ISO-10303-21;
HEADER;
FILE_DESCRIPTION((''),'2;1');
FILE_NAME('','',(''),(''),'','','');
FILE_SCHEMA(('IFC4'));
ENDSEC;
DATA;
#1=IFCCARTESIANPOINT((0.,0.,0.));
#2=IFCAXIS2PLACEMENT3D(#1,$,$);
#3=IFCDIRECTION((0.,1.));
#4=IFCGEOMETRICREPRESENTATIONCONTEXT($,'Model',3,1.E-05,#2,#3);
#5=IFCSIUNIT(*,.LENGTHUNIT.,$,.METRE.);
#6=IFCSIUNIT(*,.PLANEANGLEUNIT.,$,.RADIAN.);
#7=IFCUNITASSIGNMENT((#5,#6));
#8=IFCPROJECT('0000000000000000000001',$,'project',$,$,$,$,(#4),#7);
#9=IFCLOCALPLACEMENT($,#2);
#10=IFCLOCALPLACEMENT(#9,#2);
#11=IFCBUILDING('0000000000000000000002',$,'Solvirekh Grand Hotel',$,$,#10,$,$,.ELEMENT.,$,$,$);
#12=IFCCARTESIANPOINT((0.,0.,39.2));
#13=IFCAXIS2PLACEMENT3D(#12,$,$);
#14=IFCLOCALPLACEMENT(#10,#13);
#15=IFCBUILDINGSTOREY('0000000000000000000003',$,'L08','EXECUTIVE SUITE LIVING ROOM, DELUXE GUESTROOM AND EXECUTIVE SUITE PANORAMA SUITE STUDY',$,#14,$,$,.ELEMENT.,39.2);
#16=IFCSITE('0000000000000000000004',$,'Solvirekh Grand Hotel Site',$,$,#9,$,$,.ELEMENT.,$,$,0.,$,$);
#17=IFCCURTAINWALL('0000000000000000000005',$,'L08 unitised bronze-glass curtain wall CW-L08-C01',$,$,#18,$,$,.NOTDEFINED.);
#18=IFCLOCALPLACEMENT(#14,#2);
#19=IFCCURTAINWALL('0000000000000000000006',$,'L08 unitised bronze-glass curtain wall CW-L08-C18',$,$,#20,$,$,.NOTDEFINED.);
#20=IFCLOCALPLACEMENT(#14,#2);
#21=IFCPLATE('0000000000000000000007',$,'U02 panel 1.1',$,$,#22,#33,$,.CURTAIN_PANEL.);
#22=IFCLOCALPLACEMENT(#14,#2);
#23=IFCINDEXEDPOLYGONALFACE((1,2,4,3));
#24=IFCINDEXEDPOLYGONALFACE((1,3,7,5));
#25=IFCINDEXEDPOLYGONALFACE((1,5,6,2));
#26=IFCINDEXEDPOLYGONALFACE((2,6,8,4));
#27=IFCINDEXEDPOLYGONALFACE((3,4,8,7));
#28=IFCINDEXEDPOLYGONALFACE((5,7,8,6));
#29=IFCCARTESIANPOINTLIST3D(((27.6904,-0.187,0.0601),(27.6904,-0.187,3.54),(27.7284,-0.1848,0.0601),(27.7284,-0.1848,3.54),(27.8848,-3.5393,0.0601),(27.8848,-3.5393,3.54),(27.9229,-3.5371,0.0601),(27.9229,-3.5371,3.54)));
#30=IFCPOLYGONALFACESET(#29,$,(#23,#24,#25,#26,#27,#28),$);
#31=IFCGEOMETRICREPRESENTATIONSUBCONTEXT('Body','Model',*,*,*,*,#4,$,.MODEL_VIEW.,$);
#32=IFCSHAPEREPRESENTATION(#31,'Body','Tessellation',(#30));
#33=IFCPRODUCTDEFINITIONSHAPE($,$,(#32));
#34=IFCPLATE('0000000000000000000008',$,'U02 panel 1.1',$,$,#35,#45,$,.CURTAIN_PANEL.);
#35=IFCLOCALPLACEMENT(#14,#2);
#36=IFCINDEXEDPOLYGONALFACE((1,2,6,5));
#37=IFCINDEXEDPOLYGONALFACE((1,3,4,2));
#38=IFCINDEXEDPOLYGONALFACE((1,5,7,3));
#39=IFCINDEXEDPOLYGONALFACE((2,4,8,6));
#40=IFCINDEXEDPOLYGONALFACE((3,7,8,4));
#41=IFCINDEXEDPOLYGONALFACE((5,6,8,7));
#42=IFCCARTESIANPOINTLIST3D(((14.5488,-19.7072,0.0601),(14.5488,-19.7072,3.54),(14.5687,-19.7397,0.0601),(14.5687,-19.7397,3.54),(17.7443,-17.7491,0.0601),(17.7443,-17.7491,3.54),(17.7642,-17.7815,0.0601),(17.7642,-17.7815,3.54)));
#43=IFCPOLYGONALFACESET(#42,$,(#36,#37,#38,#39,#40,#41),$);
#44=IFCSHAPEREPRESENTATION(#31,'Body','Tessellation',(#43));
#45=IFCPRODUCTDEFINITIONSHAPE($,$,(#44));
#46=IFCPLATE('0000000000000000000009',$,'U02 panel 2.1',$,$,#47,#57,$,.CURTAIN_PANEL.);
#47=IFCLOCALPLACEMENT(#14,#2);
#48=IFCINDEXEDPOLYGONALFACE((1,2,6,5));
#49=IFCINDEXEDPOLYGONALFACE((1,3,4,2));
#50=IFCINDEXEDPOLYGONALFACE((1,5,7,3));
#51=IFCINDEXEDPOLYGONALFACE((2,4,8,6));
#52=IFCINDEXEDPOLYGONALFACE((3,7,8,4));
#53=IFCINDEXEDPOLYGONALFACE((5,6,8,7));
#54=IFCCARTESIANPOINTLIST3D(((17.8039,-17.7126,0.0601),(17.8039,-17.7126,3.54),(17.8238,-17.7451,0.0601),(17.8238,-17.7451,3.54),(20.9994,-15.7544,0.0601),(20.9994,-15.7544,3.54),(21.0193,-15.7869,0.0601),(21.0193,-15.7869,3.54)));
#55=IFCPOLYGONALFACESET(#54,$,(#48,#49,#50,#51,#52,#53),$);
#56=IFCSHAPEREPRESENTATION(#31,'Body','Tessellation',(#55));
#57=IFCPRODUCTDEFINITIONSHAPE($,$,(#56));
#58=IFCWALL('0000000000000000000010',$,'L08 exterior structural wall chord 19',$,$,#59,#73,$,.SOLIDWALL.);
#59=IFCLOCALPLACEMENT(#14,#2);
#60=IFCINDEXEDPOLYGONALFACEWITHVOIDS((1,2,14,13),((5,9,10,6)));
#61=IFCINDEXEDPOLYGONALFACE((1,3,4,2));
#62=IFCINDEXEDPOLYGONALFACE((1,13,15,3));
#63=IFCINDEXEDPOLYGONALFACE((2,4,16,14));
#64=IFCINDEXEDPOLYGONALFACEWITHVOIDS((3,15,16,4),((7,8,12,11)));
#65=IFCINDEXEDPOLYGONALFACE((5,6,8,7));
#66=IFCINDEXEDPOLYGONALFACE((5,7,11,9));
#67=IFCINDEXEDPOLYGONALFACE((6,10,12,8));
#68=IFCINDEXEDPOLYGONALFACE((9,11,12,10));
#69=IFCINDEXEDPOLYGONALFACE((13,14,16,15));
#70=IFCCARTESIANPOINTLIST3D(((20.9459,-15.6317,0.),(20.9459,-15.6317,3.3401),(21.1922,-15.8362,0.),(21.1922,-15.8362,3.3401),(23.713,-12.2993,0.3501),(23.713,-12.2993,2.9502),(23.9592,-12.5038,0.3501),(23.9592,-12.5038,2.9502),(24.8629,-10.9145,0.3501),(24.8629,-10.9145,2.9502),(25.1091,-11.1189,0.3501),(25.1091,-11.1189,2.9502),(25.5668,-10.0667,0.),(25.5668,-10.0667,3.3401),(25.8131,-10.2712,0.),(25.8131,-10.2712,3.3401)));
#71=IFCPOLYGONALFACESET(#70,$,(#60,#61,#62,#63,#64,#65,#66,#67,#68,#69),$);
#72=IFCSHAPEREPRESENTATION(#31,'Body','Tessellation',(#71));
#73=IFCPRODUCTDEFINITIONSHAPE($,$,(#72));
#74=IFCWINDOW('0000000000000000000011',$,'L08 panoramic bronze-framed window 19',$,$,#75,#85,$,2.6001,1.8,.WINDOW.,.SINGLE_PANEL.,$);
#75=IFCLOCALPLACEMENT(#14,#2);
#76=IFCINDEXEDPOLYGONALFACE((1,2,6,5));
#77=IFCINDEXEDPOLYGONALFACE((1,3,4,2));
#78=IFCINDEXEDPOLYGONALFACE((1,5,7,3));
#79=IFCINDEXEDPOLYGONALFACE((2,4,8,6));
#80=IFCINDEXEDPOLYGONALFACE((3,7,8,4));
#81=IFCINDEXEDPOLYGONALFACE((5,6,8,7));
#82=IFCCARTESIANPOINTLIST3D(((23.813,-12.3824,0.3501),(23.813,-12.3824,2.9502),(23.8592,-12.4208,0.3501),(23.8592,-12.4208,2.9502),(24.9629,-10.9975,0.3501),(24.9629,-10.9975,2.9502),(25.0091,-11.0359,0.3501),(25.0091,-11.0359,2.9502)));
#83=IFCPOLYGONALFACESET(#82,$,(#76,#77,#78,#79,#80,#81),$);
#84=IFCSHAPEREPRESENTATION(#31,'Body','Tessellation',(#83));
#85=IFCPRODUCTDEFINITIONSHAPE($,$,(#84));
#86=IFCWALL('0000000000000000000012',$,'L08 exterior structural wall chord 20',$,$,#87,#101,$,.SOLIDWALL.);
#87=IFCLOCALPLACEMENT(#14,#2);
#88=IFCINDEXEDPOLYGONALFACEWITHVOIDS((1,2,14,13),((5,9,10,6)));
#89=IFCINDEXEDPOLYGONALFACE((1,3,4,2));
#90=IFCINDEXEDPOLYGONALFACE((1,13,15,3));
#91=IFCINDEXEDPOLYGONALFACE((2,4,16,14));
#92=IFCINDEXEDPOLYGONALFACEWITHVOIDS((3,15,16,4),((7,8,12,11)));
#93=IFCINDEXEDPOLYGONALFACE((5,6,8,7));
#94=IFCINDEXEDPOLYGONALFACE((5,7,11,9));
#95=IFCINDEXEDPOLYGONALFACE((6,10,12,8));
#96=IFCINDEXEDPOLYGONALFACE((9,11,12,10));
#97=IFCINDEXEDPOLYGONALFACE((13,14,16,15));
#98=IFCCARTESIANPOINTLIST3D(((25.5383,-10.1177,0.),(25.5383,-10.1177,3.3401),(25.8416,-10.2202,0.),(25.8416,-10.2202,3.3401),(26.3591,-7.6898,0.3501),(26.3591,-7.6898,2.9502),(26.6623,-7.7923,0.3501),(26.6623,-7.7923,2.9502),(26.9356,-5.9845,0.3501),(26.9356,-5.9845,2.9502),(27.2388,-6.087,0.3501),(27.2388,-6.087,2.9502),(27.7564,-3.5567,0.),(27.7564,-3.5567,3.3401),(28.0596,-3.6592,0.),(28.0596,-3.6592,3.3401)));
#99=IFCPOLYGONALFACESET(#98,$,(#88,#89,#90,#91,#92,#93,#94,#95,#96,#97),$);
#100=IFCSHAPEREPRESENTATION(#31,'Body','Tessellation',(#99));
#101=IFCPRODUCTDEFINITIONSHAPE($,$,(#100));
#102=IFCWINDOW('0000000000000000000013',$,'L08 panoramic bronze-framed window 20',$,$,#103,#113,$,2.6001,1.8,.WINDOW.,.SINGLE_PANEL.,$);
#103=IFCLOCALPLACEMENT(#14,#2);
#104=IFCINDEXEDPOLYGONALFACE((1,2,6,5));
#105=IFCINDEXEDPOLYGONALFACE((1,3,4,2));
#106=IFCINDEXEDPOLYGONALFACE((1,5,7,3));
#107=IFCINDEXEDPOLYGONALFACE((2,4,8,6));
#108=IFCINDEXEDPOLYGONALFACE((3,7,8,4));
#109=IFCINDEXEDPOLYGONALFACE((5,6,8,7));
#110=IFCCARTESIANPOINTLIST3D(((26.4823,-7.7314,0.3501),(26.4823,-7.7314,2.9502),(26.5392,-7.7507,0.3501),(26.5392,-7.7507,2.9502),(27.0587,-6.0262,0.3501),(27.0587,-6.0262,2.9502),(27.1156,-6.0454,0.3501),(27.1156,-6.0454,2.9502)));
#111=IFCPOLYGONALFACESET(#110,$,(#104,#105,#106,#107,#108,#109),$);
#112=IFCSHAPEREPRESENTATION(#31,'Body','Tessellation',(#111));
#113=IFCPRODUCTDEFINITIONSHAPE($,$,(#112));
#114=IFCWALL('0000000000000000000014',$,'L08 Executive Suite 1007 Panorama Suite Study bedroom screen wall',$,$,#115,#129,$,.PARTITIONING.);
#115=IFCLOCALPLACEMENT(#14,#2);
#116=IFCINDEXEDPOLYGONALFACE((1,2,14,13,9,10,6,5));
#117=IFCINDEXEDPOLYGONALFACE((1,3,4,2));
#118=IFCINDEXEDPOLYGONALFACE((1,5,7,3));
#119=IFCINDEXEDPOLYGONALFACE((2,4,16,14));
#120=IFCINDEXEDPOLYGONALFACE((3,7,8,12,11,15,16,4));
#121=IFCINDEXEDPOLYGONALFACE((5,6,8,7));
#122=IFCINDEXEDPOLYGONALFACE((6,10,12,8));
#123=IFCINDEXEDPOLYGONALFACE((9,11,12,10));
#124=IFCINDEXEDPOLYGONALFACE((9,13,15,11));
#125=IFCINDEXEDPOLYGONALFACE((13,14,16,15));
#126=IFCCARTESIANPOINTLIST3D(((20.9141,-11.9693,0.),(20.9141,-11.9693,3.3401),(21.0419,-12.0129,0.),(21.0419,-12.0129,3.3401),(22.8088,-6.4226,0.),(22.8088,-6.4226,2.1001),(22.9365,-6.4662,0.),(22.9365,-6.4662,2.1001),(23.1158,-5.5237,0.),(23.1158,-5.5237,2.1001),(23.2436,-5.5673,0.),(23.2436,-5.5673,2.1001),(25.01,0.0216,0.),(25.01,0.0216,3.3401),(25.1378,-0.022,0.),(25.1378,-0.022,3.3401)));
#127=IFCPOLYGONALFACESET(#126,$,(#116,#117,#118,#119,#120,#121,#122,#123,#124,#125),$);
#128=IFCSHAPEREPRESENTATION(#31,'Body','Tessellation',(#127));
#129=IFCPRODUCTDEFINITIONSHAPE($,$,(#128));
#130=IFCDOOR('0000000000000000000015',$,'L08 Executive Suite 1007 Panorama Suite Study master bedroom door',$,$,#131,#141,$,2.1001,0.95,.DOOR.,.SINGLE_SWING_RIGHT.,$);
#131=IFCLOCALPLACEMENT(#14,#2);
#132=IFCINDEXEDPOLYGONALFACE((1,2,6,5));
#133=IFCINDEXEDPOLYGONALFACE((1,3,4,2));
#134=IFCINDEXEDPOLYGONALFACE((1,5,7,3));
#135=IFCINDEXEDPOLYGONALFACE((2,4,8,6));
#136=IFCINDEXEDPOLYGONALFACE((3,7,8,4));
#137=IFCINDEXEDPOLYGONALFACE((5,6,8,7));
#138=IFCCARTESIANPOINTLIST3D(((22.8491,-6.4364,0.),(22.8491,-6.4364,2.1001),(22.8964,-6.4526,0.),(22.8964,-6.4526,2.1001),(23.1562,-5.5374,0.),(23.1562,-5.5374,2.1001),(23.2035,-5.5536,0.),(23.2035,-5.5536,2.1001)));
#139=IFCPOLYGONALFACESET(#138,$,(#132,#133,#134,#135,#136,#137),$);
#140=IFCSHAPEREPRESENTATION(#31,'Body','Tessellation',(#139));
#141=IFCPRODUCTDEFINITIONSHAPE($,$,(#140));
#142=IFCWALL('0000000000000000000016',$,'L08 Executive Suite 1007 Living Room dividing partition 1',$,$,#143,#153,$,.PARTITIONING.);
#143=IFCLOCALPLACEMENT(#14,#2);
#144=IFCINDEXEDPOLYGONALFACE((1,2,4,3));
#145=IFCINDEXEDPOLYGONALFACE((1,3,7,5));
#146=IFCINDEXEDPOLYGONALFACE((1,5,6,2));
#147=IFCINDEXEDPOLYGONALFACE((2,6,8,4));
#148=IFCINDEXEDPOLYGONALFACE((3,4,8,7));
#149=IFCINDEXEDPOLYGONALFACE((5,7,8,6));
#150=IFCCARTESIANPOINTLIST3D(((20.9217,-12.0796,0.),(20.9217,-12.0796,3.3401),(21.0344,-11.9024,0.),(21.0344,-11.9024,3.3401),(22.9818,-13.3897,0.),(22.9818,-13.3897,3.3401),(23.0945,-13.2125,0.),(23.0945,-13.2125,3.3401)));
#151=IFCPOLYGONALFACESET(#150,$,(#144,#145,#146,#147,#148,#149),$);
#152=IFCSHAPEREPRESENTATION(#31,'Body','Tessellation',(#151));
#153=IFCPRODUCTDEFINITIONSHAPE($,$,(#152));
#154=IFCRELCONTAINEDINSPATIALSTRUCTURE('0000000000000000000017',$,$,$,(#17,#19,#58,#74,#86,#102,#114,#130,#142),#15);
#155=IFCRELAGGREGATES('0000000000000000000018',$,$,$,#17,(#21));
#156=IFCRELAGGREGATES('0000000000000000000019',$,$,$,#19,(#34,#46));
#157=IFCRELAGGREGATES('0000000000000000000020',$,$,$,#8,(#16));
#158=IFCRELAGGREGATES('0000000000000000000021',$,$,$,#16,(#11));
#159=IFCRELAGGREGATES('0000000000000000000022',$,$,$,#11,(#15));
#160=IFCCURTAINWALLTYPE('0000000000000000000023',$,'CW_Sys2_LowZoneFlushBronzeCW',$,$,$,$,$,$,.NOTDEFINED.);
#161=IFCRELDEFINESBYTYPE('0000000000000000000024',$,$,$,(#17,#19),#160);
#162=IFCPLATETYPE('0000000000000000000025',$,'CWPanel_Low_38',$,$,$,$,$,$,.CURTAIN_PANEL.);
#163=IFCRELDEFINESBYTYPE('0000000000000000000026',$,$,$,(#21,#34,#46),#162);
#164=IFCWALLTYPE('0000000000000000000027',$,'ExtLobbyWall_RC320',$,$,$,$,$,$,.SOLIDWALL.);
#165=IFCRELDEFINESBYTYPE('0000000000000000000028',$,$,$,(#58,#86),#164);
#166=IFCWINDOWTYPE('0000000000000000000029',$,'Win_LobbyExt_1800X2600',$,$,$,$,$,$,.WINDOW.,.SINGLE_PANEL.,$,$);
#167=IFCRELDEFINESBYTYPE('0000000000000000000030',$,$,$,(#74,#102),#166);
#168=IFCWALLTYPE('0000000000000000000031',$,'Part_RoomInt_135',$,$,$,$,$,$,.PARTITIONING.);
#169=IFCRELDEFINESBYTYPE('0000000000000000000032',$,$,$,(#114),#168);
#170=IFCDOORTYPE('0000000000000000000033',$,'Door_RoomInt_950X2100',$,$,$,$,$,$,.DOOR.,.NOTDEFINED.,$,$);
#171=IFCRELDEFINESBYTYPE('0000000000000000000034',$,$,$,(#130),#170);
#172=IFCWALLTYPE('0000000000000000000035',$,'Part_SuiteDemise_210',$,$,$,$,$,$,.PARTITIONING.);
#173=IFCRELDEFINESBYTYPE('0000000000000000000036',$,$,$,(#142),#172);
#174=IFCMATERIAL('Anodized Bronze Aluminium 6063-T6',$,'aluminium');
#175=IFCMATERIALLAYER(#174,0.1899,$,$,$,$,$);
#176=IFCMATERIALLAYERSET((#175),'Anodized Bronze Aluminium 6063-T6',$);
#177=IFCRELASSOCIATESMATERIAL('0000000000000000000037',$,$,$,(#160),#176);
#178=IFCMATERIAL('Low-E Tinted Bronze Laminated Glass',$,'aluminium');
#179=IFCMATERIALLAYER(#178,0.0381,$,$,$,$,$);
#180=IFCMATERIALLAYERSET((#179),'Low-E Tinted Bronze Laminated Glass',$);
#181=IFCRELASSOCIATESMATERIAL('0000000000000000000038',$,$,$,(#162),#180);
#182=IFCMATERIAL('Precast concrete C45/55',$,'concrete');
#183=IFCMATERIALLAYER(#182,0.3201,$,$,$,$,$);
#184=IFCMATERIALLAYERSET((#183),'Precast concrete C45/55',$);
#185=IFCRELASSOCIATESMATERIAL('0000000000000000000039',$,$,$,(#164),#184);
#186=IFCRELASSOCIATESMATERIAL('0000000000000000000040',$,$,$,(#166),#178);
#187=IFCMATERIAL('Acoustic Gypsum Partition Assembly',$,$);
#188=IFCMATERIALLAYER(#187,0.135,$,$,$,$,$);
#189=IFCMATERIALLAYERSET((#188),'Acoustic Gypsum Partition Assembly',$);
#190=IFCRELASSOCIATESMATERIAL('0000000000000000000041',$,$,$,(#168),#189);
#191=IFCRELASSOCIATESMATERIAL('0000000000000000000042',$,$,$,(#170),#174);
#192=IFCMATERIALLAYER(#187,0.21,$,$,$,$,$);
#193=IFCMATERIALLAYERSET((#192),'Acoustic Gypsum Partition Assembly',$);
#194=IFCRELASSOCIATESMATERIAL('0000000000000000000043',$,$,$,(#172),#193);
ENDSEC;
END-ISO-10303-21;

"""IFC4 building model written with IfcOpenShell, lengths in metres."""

from ifc_helpers import new_model, si_unit, direction, frame, frame_2d, origin, origin_2d, place, context, subcontext, project, spatial, rectangle, extrude, source, transform, mapped, material, layer, layer_set, type_object, element, fill, aggregate, save


model = new_model("IFC4")

# Units and contexts
model_context = context("Model", 3, precision=1e-05, world=origin(), true_north=direction((0.0, 1.0)))
body_context = subcontext(model_context, "Body", "Model", "MODEL_VIEW")
ifc_project = project(units=[si_unit("LENGTHUNIT", "METRE"), si_unit("PLANEANGLEUNIT", "RADIAN")], contexts=[model_context])

# Site, building, storey
site_placement = place(None, origin())
site = spatial("IfcSite", under=ifc_project, at=site_placement, Name="Solvirekh Grand Hotel Site", CompositionType="ELEMENT", RefElevation=0.0)
building_placement = place(site_placement, origin())
building = spatial("IfcBuilding", under=site, at=building_placement, Name="Solvirekh Grand Hotel", CompositionType="ELEMENT")
storey_placement = place(building_placement, frame((0.0, 0.0, 39.2)))
storey = spatial("IfcBuildingStorey", under=building, at=storey_placement, Name="L08", Description="EXECUTIVE SUITE LIVING ROOM, DELUXE GUESTROOM AND EXECUTIVE SUITE PANORAMA SUITE STUDY", CompositionType="ELEMENT", Elevation=39.2)

# Curtain walls
ifc_material_1 = material(Name="Anodized Bronze Aluminium 6063-T6", Category="aluminium")
ifc_layer_1 = layer(ifc_material_1, 0.1899)
ifc_layer_set_1 = layer_set([ifc_layer_1], Name="Anodized Bronze Aluminium 6063-T6")
curtain_wall_type = type_object("IfcCurtainWallType", Name="CW_Sys2_LowZoneFlushBronzeCW", PredefinedType="NOTDEFINED", material=ifc_layer_set_1)
curtain_wall_1_placement = place(storey_placement, origin())
curtain_wall_1 = element("IfcCurtainWall", 1, at=curtain_wall_1_placement, inside=storey, type_object=curtain_wall_type, Name="L08 unitised bronze-glass curtain wall CW-L08-C01", PredefinedType="NOTDEFINED")
curtain_wall_2_placement = place(storey_placement, origin())
curtain_wall_2 = element("IfcCurtainWall", 2, at=curtain_wall_2_placement, inside=storey, type_object=curtain_wall_type, Name="L08 unitised bronze-glass curtain wall CW-L08-C18", PredefinedType="NOTDEFINED")

# Plates
ifc_material_2 = material(Name="Low-E Tinted Bronze Laminated Glass", Category="aluminium")
ifc_layer_2 = layer(ifc_material_2, 0.0381)
ifc_layer_set_2 = layer_set([ifc_layer_2], Name="Low-E Tinted Bronze Laminated Glass")
plate_type = type_object("IfcPlateType", Name="CWPanel_Low_38", PredefinedType="CURTAIN_PANEL", material=ifc_layer_set_2)
shared_shape_1 = source(origin(), body_context, "Body", "SweptSolid", [
    extrude(rectangle(XDim=3.3579, YDim=0.0381, at=origin_2d()), origin(), (0.0, 0.0, 1.0), 3.48),
])
plate_1_placement = place(storey_placement, frame((27.8066, -1.8621, 0.0601), z_axis=(0.0, 0.0, 1.0), x_axis=(-0.057901, 0.998322, 0.0)))
plate_1 = element("IfcPlate", 3, at=plate_1_placement, type_object=plate_type, Name="U02 panel 1.1", PredefinedType="CURTAIN_PANEL", context=body_context, shape_type="MappedRepresentation", body=[
    mapped(shared_shape_1, transform((0.0, 0.0, 0.0), x_axis=(1.0, 0.0, 0.0), y_axis=(0.0, 1.0, 0.0), z_axis=(0.0, 0.0, 1.0), scale=1.0)),
])
aggregate(curtain_wall_1, [plate_1])
shared_shape_2 = source(origin(), body_context, "Body", "SweptSolid", [
    extrude(rectangle(XDim=3.7478, YDim=0.0381, at=origin_2d()), origin(), (0.0, 0.0, 1.0), 3.48),
])
plate_2_placement = place(storey_placement, frame((16.1565, -18.7444, 0.0601), z_axis=(0.0, 0.0, 1.0), x_axis=(0.852646, 0.522489, 0.0)))
plate_2 = element("IfcPlate", 4, at=plate_2_placement, type_object=plate_type, Name="U02 panel 1.1", PredefinedType="CURTAIN_PANEL", context=body_context, shape_type="MappedRepresentation", body=[
    mapped(shared_shape_2, transform((0.0, 0.0, 0.0), x_axis=(1.0, 0.0, 0.0), y_axis=(0.0, 1.0, 0.0), z_axis=(0.0, 0.0, 1.0), scale=1.0)),
])
plate_3_placement = place(storey_placement, frame((19.4116, -16.7498, 0.0601), z_axis=(0.0, 0.0, 1.0), x_axis=(0.852646, 0.522489, 0.0)))
plate_3 = element("IfcPlate", 5, at=plate_3_placement, type_object=plate_type, Name="U02 panel 2.1", PredefinedType="CURTAIN_PANEL", context=body_context, shape_type="MappedRepresentation", body=[
    mapped(shared_shape_2, transform((0.0, 0.0, 0.0), x_axis=(1.0, 0.0, 0.0), y_axis=(0.0, 1.0, 0.0), z_axis=(0.0, 0.0, 1.0), scale=1.0)),
])
aggregate(curtain_wall_2, [plate_2, plate_3])

# Walls, openings, windows
ifc_material_3 = material(Name="Precast concrete C45/55", Category="concrete")
ifc_layer_3 = layer(ifc_material_3, 0.3201)
ifc_layer_set_3 = layer_set([ifc_layer_3], Name="Precast concrete C45/55")
wall_type_1 = type_object("IfcWallType", Name="ExtLobbyWall_RC320", PredefinedType="SOLIDWALL", material=ifc_layer_set_3)
wall_1_placement = place(storey_placement, frame((25.6899, -10.1689, 0.0), z_axis=(0.0, 0.0, 1.0), x_axis=(-0.638829, -0.769349, 0.0)))
wall_1 = element("IfcWall", 6, at=wall_1_placement, inside=storey, type_object=wall_type_1, Name="L08 exterior structural wall chord 19", PredefinedType="SOLIDWALL", context=body_context, shape_type="SweptSolid", body=[
    extrude(rectangle(XDim=7.2334, YDim=0.3201, at=frame_2d((3.6167, 0.0))), origin(), (0.0, 0.0, 1.0), 3.3401),
])
opening_1_placement = place(wall_1_placement, frame((1.1021, 0.0, 0.3501)))
opening_1 = element("IfcOpeningElement", 7, at=opening_1_placement, cuts=wall_1, PredefinedType="OPENING", context=body_context, shape_type="SweptSolid", body=[
    extrude(rectangle(XDim=1.8, YDim=2.6001, at=frame_2d((0.8999, 1.3))), frame((0.0, 0.1699, 0.0), z_axis=(0.0, -1.0, 0.0), x_axis=(1.0, 0.0, 0.0)), (0.0, 0.0, 1.0), 0.3401),
])
window_type = type_object("IfcWindowType", Name="Win_LobbyExt_1800X2600", PartitioningType="SINGLE_PANEL", PredefinedType="WINDOW", material=ifc_material_2)
window_1_placement = place(opening_1_placement, origin())
window_1 = element("IfcWindow", 8, at=window_1_placement, inside=storey, type_object=window_type, Name="L08 panoramic bronze-framed window 19", OverallHeight=2.6001, OverallWidth=1.8, PartitioningType="SINGLE_PANEL", PredefinedType="WINDOW", context=body_context, shape_type="SweptSolid", body=[
    extrude(rectangle(XDim=1.8, YDim=2.6001, at=frame_2d((0.8999, 1.3))), frame((0.0, 0.03, 0.0), z_axis=(0.0, -1.0, 0.0), x_axis=(1.0, 0.0, 0.0)), (0.0, 0.0, 1.0), 0.0601),
])
fill(opening_1, window_1)
wall_2_placement = place(storey_placement, frame((27.908, -3.6079, 0.0), z_axis=(0.0, 0.0, 1.0), x_axis=(-0.320254, -0.947332, 0.0)))
wall_2 = element("IfcWall", 9, at=wall_2_placement, inside=storey, type_object=wall_type_1, Name="L08 exterior structural wall chord 20", PredefinedType="SOLIDWALL", context=body_context, shape_type="SweptSolid", body=[
    extrude(rectangle(XDim=6.9258, YDim=0.3201, at=frame_2d((3.4629, 0.0))), origin(), (0.0, 0.0, 1.0), 3.3401),
])
opening_2_placement = place(wall_2_placement, frame((2.563, 0.0, 0.3501)))
opening_2 = element("IfcOpeningElement", 10, at=opening_2_placement, cuts=wall_2, PredefinedType="OPENING", context=body_context, shape_type="SweptSolid", body=[
    extrude(rectangle(XDim=1.8, YDim=2.6001, at=frame_2d((0.8999, 1.3))), frame((0.0, 0.1699, 0.0), z_axis=(0.0, -1.0, 0.0), x_axis=(1.0, 0.0, 0.0)), (0.0, 0.0, 1.0), 0.3401),
])
window_2_placement = place(opening_2_placement, origin())
window_2 = element("IfcWindow", 11, at=window_2_placement, inside=storey, type_object=window_type, Name="L08 panoramic bronze-framed window 20", OverallHeight=2.6001, OverallWidth=1.8, PartitioningType="SINGLE_PANEL", PredefinedType="WINDOW", context=body_context, shape_type="SweptSolid", body=[
    extrude(rectangle(XDim=1.8, YDim=2.6001, at=frame_2d((0.8999, 1.3))), frame((0.0, 0.03, 0.0), z_axis=(0.0, -1.0, 0.0), x_axis=(1.0, 0.0, 0.0)), (0.0, 0.0, 1.0), 0.0601),
])
fill(opening_2, window_2)

# Wall, opening, door
ifc_material_4 = material(Name="Acoustic Gypsum Partition Assembly")
ifc_layer_4 = layer(ifc_material_4, 0.135)
ifc_layer_set_4 = layer_set([ifc_layer_4], Name="Acoustic Gypsum Partition Assembly")
wall_type_2 = type_object("IfcWallType", Name="Part_RoomInt_135", PredefinedType="PARTITIONING", material=ifc_layer_set_4)
wall_3_placement = place(storey_placement, frame((20.978, -11.991, 0.0), z_axis=(0.0, 0.0, 1.0), x_axis=(0.323248, 0.946314, 0.0)))
wall_3 = element("IfcWall", 12, at=wall_3_placement, inside=storey, type_object=wall_type_2, Name="L08 Executive Suite 1007 Panorama Suite Study bedroom screen wall", PredefinedType="PARTITIONING", context=body_context, shape_type="SweptSolid", body=[
    extrude(rectangle(XDim=12.6711, YDim=0.135, at=frame_2d((6.3354, 0.0))), origin(), (0.0, 0.0, 1.0), 3.3401),
])
opening_3_placement = place(wall_3_placement, frame((5.8611, 0.0, 0.0)))
opening_3 = element("IfcOpeningElement", 13, at=opening_3_placement, cuts=wall_3, PredefinedType="OPENING", context=body_context, shape_type="SweptSolid", body=[
    extrude(rectangle(XDim=0.95, YDim=2.1001, at=frame_2d((0.4751, 1.05))), frame((0.0, 0.0776, 0.0), z_axis=(0.0, -1.0, 0.0), x_axis=(1.0, 0.0, 0.0)), (0.0, 0.0, 1.0), 0.155),
])
door_type = type_object("IfcDoorType", Name="Door_RoomInt_950X2100", OperationType="NOTDEFINED", PredefinedType="DOOR", material=ifc_material_1)
door_placement = place(opening_3_placement, origin())
door = element("IfcDoor", 14, at=door_placement, inside=storey, type_object=door_type, Name="L08 Executive Suite 1007 Panorama Suite Study master bedroom door", OperationType="SINGLE_SWING_RIGHT", OverallHeight=2.1001, OverallWidth=0.95, PredefinedType="DOOR", context=body_context, shape_type="SweptSolid", body=[
    extrude(rectangle(XDim=0.95, YDim=2.1001, at=frame_2d((0.4751, 1.05))), frame((0.0, 0.0249, 0.0), z_axis=(0.0, -1.0, 0.0), x_axis=(1.0, 0.0, 0.0)), (0.0, 0.0, 1.0), 0.05),
])
fill(opening_3, door)

# Wall
ifc_layer_5 = layer(ifc_material_4, 0.21)
ifc_layer_set_5 = layer_set([ifc_layer_5], Name="Acoustic Gypsum Partition Assembly")
wall_type_3 = type_object("IfcWallType", Name="Part_SuiteDemise_210", PredefinedType="PARTITIONING", material=ifc_layer_set_5)
wall_4_placement = place(storey_placement, frame((20.978, -11.991, 0.0), z_axis=(0.0, 0.0, 1.0), x_axis=(0.843826, -0.536617, 0.0)))
element("IfcWall", 15, at=wall_4_placement, inside=storey, type_object=wall_type_3, Name="L08 Executive Suite 1007 Living Room dividing partition 1", PredefinedType="PARTITIONING", context=body_context, shape_type="SweptSolid", body=[
    extrude(rectangle(XDim=2.4414, YDim=0.21, at=frame_2d((1.2207, 0.0))), origin(), (0.0, 0.0, 1.0), 3.3401),
])

save(model, "model.ifc")
